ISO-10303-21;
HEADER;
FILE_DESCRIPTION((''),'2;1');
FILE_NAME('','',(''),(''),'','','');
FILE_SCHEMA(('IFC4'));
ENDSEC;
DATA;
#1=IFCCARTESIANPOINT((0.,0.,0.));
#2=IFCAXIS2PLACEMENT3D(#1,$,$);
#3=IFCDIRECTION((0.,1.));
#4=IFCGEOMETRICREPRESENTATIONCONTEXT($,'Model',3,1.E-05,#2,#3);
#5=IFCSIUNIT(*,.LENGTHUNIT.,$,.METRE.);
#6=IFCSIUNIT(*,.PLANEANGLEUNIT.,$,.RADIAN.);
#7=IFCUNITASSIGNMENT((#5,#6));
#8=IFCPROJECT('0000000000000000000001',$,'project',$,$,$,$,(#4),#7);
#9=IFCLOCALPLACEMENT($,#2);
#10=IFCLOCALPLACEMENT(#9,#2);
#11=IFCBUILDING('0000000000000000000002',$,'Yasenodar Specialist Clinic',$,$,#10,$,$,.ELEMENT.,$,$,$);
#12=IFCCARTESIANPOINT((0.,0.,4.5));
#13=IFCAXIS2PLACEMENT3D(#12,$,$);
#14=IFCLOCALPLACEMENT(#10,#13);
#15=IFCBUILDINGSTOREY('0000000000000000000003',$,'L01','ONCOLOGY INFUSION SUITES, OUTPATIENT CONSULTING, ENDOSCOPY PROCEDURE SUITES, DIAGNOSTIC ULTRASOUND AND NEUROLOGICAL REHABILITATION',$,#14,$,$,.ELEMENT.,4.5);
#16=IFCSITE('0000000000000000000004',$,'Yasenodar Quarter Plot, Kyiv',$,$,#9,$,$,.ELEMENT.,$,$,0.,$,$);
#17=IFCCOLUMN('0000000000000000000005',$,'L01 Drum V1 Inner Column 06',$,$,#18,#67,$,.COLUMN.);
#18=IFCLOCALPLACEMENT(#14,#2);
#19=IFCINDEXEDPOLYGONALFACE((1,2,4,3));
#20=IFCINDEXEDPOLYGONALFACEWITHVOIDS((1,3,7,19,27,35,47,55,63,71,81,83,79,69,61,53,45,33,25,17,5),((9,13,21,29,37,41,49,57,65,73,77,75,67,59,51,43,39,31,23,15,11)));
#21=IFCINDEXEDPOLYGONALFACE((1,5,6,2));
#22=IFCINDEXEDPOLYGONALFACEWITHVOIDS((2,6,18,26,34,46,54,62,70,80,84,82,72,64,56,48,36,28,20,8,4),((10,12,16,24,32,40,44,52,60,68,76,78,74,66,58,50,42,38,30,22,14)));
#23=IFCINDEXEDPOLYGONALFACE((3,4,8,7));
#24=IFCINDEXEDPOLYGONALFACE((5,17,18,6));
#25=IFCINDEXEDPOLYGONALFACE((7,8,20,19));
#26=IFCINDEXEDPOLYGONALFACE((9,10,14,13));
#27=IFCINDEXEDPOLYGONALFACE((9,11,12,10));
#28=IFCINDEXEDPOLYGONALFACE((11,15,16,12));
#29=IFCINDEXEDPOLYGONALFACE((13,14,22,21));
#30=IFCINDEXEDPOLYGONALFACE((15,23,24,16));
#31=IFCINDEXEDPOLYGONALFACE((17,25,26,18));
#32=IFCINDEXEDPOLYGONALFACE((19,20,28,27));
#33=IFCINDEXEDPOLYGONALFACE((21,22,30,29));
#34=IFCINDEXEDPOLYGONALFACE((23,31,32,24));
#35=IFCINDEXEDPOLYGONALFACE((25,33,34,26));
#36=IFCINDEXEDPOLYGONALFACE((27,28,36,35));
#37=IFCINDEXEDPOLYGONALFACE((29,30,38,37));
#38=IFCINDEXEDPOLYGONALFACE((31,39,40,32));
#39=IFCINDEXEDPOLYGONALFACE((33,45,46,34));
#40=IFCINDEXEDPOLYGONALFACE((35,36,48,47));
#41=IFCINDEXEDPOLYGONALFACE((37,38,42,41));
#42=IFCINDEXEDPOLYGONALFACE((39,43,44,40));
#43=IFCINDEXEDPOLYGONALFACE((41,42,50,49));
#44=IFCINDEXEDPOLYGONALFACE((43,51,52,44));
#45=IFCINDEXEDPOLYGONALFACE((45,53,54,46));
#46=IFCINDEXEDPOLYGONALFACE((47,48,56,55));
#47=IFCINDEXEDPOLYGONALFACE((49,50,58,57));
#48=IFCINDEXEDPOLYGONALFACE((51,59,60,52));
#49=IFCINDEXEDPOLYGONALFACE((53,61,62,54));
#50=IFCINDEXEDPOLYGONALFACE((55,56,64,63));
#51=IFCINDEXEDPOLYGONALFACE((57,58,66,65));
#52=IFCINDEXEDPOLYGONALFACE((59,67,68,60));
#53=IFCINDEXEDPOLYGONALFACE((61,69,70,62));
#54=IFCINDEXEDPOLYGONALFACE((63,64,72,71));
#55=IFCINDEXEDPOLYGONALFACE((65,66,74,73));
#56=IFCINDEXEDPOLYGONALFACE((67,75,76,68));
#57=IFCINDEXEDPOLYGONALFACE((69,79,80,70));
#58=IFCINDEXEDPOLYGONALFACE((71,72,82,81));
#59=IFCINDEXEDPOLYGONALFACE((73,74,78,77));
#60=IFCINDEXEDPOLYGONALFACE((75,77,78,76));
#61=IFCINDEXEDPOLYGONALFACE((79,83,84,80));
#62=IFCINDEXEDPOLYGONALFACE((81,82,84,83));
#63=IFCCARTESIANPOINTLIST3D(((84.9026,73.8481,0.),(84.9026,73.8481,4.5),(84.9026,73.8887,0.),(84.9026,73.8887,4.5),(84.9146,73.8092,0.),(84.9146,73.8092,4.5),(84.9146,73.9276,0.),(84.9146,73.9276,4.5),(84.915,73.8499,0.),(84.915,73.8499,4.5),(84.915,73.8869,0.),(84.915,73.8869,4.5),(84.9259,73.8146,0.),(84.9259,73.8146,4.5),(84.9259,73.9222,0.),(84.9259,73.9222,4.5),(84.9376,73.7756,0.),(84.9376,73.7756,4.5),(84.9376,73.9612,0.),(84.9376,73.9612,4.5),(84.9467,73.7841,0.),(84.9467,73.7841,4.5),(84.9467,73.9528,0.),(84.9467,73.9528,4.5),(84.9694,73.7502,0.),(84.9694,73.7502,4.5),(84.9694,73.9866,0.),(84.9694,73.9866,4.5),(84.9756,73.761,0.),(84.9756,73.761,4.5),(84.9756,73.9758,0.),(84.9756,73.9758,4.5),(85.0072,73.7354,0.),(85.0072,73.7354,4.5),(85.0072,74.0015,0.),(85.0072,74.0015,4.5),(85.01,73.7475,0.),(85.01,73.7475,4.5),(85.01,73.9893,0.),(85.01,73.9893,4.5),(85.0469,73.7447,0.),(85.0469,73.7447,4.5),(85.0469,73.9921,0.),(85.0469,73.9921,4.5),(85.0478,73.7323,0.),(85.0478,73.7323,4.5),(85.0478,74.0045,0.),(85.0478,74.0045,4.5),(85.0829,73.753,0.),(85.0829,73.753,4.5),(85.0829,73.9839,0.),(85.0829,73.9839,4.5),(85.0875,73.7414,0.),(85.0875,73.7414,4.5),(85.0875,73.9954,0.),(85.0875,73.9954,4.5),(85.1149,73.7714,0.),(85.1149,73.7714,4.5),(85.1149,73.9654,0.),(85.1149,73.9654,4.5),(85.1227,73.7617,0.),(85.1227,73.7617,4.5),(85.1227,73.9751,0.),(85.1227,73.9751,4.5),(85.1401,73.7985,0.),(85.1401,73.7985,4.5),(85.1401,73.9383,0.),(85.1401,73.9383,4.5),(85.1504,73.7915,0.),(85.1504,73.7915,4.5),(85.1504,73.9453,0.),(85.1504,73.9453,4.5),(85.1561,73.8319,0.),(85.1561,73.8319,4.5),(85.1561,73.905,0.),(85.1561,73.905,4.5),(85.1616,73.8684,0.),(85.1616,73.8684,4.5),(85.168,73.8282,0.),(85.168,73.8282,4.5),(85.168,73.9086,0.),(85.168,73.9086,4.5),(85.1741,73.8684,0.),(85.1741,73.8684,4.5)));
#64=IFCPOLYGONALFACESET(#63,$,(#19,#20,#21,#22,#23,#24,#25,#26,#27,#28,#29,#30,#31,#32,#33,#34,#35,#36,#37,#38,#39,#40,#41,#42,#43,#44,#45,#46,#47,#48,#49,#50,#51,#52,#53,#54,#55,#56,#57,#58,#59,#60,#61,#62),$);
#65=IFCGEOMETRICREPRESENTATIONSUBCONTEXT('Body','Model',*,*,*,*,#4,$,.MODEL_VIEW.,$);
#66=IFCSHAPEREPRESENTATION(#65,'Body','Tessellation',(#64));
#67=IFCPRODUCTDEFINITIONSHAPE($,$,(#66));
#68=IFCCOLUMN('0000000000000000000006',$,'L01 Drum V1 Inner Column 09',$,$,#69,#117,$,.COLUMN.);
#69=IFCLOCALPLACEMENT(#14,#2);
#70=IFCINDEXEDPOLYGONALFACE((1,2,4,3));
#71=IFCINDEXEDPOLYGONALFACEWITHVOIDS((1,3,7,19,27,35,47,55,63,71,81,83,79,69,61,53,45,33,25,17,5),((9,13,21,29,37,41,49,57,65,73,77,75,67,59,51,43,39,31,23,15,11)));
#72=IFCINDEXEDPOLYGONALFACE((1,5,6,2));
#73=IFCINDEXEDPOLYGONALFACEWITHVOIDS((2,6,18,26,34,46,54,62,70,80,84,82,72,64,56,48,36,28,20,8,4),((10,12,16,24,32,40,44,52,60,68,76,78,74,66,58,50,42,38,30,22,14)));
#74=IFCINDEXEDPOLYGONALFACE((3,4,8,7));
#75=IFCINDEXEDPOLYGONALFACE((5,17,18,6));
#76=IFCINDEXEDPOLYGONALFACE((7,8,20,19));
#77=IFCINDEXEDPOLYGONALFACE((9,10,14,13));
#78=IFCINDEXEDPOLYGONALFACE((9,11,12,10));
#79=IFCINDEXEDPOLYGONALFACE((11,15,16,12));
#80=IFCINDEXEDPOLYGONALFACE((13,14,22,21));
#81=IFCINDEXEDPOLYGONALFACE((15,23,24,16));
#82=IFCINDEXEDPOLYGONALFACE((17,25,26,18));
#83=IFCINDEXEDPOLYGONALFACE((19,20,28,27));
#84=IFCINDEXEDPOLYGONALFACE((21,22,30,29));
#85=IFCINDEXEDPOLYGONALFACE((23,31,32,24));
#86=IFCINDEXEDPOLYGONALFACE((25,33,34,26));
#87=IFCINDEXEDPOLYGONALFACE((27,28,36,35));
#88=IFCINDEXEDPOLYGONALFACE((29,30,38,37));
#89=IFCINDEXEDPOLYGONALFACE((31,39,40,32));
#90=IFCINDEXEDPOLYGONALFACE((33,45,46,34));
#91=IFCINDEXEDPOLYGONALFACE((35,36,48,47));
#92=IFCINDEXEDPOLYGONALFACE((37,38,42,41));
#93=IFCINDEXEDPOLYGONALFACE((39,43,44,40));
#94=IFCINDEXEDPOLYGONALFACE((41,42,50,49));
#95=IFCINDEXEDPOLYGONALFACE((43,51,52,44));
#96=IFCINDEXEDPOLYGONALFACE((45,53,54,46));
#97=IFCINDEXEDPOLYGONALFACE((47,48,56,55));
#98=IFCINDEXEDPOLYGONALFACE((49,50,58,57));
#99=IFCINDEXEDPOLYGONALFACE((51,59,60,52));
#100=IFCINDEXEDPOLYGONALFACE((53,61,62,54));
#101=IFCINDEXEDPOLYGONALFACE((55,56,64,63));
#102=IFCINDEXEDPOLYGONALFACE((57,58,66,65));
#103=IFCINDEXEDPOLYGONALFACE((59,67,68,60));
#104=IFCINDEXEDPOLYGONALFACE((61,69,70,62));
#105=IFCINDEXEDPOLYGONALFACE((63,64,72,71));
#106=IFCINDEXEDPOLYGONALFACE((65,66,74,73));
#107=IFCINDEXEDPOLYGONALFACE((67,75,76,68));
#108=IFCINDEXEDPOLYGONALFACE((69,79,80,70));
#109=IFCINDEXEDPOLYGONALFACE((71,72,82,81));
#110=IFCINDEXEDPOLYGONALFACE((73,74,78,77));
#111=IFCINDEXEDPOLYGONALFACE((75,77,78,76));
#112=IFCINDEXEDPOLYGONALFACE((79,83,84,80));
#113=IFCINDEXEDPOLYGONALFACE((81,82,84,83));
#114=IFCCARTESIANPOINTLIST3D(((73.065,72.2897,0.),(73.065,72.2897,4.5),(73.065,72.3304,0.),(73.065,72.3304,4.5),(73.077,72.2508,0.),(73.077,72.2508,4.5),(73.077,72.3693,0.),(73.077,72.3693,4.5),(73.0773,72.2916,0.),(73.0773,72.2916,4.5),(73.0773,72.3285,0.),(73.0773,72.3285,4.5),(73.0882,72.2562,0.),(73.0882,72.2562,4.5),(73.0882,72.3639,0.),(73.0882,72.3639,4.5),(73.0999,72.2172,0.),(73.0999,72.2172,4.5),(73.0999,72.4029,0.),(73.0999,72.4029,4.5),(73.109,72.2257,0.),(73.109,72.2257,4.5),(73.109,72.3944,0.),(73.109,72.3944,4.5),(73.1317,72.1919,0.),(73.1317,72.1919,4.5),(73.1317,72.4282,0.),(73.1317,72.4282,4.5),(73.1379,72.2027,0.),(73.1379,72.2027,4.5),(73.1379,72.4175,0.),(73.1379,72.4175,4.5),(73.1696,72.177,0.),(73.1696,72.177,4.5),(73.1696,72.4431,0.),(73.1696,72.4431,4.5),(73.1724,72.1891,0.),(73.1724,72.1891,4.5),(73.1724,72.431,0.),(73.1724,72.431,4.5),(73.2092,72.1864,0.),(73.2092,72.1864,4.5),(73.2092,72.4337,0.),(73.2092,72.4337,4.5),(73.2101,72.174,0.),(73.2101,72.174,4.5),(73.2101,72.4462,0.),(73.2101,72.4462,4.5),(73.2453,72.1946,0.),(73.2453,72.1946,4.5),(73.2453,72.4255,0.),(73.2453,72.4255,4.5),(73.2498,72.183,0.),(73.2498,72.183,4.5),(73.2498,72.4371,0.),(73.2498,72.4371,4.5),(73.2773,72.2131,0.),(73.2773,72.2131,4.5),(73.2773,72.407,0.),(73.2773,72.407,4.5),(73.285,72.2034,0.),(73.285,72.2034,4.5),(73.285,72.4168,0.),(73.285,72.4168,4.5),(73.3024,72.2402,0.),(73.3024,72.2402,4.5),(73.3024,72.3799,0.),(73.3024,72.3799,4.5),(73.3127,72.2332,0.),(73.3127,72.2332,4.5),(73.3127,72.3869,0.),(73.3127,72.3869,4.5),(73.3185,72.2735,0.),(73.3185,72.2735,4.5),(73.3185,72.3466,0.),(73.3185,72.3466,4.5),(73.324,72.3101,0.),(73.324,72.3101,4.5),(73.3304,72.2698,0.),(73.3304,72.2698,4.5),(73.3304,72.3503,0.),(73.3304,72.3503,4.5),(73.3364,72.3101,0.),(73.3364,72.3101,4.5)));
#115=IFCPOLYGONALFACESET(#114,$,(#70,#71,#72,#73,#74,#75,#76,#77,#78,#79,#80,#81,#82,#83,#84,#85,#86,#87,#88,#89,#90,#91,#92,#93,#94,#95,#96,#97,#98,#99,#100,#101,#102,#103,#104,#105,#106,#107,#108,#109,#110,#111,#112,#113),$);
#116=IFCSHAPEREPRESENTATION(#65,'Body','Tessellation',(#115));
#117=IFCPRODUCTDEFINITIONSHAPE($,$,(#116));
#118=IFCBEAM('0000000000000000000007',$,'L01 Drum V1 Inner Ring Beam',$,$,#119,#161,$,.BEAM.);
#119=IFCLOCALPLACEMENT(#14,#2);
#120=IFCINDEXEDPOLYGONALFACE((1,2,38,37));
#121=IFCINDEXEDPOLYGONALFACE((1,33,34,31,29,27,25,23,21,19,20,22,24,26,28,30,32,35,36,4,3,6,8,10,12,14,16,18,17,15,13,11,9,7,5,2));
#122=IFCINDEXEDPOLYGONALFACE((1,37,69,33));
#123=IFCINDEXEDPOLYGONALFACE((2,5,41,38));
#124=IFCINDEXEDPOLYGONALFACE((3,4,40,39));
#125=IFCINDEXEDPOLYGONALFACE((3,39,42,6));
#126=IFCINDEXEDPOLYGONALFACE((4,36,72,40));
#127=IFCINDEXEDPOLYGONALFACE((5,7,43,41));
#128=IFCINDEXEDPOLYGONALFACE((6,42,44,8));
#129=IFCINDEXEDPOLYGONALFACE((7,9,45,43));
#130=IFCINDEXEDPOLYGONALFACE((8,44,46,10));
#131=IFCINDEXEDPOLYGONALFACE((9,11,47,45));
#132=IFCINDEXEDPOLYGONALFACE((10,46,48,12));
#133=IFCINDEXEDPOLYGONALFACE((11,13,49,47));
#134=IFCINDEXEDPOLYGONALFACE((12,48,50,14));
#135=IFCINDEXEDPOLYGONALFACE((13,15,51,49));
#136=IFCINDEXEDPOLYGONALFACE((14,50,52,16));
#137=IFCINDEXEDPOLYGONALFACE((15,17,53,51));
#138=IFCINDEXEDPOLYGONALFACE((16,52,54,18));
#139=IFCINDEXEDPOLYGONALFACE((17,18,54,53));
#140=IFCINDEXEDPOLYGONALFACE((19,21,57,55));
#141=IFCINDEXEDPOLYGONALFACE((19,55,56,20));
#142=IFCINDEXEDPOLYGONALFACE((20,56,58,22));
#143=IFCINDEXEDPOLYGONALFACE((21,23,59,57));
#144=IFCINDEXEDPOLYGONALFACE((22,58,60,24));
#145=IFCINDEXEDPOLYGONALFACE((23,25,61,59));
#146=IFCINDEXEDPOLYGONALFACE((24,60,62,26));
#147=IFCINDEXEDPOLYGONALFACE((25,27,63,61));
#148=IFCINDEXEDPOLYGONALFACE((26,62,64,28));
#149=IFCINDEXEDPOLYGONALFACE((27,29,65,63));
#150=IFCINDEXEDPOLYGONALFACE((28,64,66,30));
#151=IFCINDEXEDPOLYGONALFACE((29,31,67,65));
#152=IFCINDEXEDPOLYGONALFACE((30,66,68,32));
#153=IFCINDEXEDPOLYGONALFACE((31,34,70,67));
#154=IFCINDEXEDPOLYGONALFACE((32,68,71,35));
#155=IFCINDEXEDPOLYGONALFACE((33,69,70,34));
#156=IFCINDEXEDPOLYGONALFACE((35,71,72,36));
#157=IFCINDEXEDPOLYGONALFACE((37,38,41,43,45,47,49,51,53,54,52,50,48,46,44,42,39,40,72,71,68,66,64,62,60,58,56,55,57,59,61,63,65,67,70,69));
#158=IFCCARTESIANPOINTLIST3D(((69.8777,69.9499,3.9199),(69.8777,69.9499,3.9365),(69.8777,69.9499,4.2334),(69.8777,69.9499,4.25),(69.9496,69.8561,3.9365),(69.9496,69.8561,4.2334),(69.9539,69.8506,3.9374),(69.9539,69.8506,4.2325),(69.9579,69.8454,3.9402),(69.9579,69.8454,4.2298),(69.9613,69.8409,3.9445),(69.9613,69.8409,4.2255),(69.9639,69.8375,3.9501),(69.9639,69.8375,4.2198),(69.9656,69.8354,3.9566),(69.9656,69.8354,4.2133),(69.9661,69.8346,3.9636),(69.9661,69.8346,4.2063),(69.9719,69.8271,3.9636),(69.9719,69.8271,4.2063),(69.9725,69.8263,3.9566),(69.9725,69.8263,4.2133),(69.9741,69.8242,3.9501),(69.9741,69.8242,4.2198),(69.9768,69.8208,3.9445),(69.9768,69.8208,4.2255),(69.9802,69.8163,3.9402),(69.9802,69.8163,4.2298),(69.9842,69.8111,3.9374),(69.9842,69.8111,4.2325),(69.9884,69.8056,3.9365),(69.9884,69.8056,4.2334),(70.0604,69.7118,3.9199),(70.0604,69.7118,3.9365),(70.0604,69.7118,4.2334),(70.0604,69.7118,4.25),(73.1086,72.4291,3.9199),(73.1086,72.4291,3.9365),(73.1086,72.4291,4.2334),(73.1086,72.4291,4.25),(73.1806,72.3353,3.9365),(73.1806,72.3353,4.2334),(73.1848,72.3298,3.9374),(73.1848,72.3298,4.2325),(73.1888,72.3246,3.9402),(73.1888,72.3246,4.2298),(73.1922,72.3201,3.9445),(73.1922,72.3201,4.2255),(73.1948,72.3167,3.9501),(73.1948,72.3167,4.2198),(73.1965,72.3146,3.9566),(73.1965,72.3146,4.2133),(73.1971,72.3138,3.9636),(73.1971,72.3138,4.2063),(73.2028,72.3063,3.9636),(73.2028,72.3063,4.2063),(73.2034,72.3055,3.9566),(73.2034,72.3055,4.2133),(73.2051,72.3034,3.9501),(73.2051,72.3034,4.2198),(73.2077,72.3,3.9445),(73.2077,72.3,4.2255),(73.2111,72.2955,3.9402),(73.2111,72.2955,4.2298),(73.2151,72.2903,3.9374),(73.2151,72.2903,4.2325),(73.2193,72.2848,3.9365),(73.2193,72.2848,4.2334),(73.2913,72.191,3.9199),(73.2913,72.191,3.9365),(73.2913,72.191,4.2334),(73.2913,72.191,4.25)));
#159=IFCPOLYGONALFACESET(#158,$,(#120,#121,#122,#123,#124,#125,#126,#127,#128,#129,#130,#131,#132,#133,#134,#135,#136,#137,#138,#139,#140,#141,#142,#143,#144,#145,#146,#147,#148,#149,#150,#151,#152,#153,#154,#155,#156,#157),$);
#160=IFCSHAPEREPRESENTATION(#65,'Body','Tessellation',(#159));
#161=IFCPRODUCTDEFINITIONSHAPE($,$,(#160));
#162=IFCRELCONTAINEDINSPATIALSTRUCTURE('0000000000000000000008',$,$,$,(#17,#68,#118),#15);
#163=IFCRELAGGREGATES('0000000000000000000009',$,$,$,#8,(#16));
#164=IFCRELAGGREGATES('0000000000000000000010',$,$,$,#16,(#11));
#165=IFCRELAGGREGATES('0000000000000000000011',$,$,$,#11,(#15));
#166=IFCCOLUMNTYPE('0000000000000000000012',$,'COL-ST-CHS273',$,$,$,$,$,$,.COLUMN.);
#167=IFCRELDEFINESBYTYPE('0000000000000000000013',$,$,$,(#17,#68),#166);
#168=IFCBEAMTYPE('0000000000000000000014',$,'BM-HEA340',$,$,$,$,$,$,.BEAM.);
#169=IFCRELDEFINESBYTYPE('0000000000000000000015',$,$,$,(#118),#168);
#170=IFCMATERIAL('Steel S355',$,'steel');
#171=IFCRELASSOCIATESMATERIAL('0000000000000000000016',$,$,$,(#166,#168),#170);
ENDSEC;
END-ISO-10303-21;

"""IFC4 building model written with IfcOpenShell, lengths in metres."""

from ifc_helpers import new_model, si_unit, direction, frame, origin, origin_2d, place, context, subcontext, project, spatial, hollow_circle, i_section, extrude, material, material_profile, profile_set, type_object, element, save


model = new_model("IFC4")

# Units and contexts
model_context = context("Model", 3, precision=1e-05, world=origin(), true_north=direction((0.0, 1.0)))
body_context = subcontext(model_context, "Body", "Model", "MODEL_VIEW")
ifc_project = project(units=[si_unit("LENGTHUNIT", "METRE"), si_unit("PLANEANGLEUNIT", "RADIAN")], contexts=[model_context])

# Site, building, storey
site_placement = place(None, origin())
site = spatial("IfcSite", under=ifc_project, at=site_placement, Name="Yasenodar Quarter Plot, Kyiv", CompositionType="ELEMENT", RefElevation=0.0)
building_placement = place(site_placement, origin())
building = spatial("IfcBuilding", under=site, at=building_placement, Name="Yasenodar Specialist Clinic", CompositionType="ELEMENT")
storey_placement = place(building_placement, frame((0.0, 0.0, 4.5)))
storey = spatial("IfcBuildingStorey", under=building, at=storey_placement, Name="L01", Description="ONCOLOGY INFUSION SUITES, OUTPATIENT CONSULTING, ENDOSCOPY PROCEDURE SUITES, DIAGNOSTIC ULTRASOUND AND NEUROLOGICAL REHABILITATION", CompositionType="ELEMENT", Elevation=4.5)

# Columns
ifc_material_1 = material(Name="Steel S355", Category="steel")
ifc_material_profile_1 = material_profile(ifc_material_1, hollow_circle(Radius=0.1365, WallThickness=0.0125, at=origin_2d()), Name="CHS 273x12.5")
ifc_profile_set_1 = profile_set([ifc_material_profile_1], Name="Steel S355")
column_type = type_object("IfcColumnType", Name="COL-ST-CHS273", PredefinedType="COLUMN", material=ifc_profile_set_1)
for number, where, z_axis, x_axis, name in (
    (1, (85.0376, 73.8684, 0.0), (0.0, 0.0, 1.0), (1.0, 0.0, 0.0), "L01 Drum V1 Inner Column 06"),
    (2, (73.2, 72.3101, 0.0), (0.0, 0.0, 1.0), (1.0, 0.0, 0.0), "L01 Drum V1 Inner Column 09"),
):
    element("IfcColumn", number, at=place(storey_placement, frame(where, z_axis=z_axis, x_axis=x_axis)), inside=storey, type_object=column_type, Name=name, PredefinedType="COLUMN", context=body_context, shape_type="SweptSolid", body=[
        extrude(hollow_circle(Radius=0.1365, WallThickness=0.0125, at=origin_2d()), origin(), (0.0, 0.0, 1.0), 4.5),
    ])

# Beam
ifc_material_profile_2 = material_profile(ifc_material_1, i_section(OverallWidth=0.3, OverallDepth=0.3301, WebThickness=0.0095, FlangeThickness=0.0166, FilletRadius=0.0271, at=origin_2d()), Name="HEA 340")
ifc_profile_set_2 = profile_set([ifc_material_profile_2], Name="Steel S355")
beam_type_1 = type_object("IfcBeamType", Name="BM-HEA340", PredefinedType="BEAM", material=ifc_profile_set_2)
beam_1_placement = place(storey_placement, frame((73.2, 72.3101, 4.085), z_axis=(-0.793348, -0.608769, 0.0), x_axis=(0.608769, -0.793348, 0.0)))
element("IfcBeam", 3, at=beam_1_placement, inside=storey, type_object=beam_type_1, Name="L01 Drum V1 Inner Ring Beam", PredefinedType="BEAM", context=body_context, shape_type="SweptSolid", body=[
    extrude(i_section(OverallWidth=0.3, OverallDepth=0.3301, WebThickness=0.0095, FlangeThickness=0.0166, FilletRadius=0.0271, at=origin_2d()), origin(), (0.0, 0.0, 1.0), 4.0725),
])

save(model, "model.ifc")
